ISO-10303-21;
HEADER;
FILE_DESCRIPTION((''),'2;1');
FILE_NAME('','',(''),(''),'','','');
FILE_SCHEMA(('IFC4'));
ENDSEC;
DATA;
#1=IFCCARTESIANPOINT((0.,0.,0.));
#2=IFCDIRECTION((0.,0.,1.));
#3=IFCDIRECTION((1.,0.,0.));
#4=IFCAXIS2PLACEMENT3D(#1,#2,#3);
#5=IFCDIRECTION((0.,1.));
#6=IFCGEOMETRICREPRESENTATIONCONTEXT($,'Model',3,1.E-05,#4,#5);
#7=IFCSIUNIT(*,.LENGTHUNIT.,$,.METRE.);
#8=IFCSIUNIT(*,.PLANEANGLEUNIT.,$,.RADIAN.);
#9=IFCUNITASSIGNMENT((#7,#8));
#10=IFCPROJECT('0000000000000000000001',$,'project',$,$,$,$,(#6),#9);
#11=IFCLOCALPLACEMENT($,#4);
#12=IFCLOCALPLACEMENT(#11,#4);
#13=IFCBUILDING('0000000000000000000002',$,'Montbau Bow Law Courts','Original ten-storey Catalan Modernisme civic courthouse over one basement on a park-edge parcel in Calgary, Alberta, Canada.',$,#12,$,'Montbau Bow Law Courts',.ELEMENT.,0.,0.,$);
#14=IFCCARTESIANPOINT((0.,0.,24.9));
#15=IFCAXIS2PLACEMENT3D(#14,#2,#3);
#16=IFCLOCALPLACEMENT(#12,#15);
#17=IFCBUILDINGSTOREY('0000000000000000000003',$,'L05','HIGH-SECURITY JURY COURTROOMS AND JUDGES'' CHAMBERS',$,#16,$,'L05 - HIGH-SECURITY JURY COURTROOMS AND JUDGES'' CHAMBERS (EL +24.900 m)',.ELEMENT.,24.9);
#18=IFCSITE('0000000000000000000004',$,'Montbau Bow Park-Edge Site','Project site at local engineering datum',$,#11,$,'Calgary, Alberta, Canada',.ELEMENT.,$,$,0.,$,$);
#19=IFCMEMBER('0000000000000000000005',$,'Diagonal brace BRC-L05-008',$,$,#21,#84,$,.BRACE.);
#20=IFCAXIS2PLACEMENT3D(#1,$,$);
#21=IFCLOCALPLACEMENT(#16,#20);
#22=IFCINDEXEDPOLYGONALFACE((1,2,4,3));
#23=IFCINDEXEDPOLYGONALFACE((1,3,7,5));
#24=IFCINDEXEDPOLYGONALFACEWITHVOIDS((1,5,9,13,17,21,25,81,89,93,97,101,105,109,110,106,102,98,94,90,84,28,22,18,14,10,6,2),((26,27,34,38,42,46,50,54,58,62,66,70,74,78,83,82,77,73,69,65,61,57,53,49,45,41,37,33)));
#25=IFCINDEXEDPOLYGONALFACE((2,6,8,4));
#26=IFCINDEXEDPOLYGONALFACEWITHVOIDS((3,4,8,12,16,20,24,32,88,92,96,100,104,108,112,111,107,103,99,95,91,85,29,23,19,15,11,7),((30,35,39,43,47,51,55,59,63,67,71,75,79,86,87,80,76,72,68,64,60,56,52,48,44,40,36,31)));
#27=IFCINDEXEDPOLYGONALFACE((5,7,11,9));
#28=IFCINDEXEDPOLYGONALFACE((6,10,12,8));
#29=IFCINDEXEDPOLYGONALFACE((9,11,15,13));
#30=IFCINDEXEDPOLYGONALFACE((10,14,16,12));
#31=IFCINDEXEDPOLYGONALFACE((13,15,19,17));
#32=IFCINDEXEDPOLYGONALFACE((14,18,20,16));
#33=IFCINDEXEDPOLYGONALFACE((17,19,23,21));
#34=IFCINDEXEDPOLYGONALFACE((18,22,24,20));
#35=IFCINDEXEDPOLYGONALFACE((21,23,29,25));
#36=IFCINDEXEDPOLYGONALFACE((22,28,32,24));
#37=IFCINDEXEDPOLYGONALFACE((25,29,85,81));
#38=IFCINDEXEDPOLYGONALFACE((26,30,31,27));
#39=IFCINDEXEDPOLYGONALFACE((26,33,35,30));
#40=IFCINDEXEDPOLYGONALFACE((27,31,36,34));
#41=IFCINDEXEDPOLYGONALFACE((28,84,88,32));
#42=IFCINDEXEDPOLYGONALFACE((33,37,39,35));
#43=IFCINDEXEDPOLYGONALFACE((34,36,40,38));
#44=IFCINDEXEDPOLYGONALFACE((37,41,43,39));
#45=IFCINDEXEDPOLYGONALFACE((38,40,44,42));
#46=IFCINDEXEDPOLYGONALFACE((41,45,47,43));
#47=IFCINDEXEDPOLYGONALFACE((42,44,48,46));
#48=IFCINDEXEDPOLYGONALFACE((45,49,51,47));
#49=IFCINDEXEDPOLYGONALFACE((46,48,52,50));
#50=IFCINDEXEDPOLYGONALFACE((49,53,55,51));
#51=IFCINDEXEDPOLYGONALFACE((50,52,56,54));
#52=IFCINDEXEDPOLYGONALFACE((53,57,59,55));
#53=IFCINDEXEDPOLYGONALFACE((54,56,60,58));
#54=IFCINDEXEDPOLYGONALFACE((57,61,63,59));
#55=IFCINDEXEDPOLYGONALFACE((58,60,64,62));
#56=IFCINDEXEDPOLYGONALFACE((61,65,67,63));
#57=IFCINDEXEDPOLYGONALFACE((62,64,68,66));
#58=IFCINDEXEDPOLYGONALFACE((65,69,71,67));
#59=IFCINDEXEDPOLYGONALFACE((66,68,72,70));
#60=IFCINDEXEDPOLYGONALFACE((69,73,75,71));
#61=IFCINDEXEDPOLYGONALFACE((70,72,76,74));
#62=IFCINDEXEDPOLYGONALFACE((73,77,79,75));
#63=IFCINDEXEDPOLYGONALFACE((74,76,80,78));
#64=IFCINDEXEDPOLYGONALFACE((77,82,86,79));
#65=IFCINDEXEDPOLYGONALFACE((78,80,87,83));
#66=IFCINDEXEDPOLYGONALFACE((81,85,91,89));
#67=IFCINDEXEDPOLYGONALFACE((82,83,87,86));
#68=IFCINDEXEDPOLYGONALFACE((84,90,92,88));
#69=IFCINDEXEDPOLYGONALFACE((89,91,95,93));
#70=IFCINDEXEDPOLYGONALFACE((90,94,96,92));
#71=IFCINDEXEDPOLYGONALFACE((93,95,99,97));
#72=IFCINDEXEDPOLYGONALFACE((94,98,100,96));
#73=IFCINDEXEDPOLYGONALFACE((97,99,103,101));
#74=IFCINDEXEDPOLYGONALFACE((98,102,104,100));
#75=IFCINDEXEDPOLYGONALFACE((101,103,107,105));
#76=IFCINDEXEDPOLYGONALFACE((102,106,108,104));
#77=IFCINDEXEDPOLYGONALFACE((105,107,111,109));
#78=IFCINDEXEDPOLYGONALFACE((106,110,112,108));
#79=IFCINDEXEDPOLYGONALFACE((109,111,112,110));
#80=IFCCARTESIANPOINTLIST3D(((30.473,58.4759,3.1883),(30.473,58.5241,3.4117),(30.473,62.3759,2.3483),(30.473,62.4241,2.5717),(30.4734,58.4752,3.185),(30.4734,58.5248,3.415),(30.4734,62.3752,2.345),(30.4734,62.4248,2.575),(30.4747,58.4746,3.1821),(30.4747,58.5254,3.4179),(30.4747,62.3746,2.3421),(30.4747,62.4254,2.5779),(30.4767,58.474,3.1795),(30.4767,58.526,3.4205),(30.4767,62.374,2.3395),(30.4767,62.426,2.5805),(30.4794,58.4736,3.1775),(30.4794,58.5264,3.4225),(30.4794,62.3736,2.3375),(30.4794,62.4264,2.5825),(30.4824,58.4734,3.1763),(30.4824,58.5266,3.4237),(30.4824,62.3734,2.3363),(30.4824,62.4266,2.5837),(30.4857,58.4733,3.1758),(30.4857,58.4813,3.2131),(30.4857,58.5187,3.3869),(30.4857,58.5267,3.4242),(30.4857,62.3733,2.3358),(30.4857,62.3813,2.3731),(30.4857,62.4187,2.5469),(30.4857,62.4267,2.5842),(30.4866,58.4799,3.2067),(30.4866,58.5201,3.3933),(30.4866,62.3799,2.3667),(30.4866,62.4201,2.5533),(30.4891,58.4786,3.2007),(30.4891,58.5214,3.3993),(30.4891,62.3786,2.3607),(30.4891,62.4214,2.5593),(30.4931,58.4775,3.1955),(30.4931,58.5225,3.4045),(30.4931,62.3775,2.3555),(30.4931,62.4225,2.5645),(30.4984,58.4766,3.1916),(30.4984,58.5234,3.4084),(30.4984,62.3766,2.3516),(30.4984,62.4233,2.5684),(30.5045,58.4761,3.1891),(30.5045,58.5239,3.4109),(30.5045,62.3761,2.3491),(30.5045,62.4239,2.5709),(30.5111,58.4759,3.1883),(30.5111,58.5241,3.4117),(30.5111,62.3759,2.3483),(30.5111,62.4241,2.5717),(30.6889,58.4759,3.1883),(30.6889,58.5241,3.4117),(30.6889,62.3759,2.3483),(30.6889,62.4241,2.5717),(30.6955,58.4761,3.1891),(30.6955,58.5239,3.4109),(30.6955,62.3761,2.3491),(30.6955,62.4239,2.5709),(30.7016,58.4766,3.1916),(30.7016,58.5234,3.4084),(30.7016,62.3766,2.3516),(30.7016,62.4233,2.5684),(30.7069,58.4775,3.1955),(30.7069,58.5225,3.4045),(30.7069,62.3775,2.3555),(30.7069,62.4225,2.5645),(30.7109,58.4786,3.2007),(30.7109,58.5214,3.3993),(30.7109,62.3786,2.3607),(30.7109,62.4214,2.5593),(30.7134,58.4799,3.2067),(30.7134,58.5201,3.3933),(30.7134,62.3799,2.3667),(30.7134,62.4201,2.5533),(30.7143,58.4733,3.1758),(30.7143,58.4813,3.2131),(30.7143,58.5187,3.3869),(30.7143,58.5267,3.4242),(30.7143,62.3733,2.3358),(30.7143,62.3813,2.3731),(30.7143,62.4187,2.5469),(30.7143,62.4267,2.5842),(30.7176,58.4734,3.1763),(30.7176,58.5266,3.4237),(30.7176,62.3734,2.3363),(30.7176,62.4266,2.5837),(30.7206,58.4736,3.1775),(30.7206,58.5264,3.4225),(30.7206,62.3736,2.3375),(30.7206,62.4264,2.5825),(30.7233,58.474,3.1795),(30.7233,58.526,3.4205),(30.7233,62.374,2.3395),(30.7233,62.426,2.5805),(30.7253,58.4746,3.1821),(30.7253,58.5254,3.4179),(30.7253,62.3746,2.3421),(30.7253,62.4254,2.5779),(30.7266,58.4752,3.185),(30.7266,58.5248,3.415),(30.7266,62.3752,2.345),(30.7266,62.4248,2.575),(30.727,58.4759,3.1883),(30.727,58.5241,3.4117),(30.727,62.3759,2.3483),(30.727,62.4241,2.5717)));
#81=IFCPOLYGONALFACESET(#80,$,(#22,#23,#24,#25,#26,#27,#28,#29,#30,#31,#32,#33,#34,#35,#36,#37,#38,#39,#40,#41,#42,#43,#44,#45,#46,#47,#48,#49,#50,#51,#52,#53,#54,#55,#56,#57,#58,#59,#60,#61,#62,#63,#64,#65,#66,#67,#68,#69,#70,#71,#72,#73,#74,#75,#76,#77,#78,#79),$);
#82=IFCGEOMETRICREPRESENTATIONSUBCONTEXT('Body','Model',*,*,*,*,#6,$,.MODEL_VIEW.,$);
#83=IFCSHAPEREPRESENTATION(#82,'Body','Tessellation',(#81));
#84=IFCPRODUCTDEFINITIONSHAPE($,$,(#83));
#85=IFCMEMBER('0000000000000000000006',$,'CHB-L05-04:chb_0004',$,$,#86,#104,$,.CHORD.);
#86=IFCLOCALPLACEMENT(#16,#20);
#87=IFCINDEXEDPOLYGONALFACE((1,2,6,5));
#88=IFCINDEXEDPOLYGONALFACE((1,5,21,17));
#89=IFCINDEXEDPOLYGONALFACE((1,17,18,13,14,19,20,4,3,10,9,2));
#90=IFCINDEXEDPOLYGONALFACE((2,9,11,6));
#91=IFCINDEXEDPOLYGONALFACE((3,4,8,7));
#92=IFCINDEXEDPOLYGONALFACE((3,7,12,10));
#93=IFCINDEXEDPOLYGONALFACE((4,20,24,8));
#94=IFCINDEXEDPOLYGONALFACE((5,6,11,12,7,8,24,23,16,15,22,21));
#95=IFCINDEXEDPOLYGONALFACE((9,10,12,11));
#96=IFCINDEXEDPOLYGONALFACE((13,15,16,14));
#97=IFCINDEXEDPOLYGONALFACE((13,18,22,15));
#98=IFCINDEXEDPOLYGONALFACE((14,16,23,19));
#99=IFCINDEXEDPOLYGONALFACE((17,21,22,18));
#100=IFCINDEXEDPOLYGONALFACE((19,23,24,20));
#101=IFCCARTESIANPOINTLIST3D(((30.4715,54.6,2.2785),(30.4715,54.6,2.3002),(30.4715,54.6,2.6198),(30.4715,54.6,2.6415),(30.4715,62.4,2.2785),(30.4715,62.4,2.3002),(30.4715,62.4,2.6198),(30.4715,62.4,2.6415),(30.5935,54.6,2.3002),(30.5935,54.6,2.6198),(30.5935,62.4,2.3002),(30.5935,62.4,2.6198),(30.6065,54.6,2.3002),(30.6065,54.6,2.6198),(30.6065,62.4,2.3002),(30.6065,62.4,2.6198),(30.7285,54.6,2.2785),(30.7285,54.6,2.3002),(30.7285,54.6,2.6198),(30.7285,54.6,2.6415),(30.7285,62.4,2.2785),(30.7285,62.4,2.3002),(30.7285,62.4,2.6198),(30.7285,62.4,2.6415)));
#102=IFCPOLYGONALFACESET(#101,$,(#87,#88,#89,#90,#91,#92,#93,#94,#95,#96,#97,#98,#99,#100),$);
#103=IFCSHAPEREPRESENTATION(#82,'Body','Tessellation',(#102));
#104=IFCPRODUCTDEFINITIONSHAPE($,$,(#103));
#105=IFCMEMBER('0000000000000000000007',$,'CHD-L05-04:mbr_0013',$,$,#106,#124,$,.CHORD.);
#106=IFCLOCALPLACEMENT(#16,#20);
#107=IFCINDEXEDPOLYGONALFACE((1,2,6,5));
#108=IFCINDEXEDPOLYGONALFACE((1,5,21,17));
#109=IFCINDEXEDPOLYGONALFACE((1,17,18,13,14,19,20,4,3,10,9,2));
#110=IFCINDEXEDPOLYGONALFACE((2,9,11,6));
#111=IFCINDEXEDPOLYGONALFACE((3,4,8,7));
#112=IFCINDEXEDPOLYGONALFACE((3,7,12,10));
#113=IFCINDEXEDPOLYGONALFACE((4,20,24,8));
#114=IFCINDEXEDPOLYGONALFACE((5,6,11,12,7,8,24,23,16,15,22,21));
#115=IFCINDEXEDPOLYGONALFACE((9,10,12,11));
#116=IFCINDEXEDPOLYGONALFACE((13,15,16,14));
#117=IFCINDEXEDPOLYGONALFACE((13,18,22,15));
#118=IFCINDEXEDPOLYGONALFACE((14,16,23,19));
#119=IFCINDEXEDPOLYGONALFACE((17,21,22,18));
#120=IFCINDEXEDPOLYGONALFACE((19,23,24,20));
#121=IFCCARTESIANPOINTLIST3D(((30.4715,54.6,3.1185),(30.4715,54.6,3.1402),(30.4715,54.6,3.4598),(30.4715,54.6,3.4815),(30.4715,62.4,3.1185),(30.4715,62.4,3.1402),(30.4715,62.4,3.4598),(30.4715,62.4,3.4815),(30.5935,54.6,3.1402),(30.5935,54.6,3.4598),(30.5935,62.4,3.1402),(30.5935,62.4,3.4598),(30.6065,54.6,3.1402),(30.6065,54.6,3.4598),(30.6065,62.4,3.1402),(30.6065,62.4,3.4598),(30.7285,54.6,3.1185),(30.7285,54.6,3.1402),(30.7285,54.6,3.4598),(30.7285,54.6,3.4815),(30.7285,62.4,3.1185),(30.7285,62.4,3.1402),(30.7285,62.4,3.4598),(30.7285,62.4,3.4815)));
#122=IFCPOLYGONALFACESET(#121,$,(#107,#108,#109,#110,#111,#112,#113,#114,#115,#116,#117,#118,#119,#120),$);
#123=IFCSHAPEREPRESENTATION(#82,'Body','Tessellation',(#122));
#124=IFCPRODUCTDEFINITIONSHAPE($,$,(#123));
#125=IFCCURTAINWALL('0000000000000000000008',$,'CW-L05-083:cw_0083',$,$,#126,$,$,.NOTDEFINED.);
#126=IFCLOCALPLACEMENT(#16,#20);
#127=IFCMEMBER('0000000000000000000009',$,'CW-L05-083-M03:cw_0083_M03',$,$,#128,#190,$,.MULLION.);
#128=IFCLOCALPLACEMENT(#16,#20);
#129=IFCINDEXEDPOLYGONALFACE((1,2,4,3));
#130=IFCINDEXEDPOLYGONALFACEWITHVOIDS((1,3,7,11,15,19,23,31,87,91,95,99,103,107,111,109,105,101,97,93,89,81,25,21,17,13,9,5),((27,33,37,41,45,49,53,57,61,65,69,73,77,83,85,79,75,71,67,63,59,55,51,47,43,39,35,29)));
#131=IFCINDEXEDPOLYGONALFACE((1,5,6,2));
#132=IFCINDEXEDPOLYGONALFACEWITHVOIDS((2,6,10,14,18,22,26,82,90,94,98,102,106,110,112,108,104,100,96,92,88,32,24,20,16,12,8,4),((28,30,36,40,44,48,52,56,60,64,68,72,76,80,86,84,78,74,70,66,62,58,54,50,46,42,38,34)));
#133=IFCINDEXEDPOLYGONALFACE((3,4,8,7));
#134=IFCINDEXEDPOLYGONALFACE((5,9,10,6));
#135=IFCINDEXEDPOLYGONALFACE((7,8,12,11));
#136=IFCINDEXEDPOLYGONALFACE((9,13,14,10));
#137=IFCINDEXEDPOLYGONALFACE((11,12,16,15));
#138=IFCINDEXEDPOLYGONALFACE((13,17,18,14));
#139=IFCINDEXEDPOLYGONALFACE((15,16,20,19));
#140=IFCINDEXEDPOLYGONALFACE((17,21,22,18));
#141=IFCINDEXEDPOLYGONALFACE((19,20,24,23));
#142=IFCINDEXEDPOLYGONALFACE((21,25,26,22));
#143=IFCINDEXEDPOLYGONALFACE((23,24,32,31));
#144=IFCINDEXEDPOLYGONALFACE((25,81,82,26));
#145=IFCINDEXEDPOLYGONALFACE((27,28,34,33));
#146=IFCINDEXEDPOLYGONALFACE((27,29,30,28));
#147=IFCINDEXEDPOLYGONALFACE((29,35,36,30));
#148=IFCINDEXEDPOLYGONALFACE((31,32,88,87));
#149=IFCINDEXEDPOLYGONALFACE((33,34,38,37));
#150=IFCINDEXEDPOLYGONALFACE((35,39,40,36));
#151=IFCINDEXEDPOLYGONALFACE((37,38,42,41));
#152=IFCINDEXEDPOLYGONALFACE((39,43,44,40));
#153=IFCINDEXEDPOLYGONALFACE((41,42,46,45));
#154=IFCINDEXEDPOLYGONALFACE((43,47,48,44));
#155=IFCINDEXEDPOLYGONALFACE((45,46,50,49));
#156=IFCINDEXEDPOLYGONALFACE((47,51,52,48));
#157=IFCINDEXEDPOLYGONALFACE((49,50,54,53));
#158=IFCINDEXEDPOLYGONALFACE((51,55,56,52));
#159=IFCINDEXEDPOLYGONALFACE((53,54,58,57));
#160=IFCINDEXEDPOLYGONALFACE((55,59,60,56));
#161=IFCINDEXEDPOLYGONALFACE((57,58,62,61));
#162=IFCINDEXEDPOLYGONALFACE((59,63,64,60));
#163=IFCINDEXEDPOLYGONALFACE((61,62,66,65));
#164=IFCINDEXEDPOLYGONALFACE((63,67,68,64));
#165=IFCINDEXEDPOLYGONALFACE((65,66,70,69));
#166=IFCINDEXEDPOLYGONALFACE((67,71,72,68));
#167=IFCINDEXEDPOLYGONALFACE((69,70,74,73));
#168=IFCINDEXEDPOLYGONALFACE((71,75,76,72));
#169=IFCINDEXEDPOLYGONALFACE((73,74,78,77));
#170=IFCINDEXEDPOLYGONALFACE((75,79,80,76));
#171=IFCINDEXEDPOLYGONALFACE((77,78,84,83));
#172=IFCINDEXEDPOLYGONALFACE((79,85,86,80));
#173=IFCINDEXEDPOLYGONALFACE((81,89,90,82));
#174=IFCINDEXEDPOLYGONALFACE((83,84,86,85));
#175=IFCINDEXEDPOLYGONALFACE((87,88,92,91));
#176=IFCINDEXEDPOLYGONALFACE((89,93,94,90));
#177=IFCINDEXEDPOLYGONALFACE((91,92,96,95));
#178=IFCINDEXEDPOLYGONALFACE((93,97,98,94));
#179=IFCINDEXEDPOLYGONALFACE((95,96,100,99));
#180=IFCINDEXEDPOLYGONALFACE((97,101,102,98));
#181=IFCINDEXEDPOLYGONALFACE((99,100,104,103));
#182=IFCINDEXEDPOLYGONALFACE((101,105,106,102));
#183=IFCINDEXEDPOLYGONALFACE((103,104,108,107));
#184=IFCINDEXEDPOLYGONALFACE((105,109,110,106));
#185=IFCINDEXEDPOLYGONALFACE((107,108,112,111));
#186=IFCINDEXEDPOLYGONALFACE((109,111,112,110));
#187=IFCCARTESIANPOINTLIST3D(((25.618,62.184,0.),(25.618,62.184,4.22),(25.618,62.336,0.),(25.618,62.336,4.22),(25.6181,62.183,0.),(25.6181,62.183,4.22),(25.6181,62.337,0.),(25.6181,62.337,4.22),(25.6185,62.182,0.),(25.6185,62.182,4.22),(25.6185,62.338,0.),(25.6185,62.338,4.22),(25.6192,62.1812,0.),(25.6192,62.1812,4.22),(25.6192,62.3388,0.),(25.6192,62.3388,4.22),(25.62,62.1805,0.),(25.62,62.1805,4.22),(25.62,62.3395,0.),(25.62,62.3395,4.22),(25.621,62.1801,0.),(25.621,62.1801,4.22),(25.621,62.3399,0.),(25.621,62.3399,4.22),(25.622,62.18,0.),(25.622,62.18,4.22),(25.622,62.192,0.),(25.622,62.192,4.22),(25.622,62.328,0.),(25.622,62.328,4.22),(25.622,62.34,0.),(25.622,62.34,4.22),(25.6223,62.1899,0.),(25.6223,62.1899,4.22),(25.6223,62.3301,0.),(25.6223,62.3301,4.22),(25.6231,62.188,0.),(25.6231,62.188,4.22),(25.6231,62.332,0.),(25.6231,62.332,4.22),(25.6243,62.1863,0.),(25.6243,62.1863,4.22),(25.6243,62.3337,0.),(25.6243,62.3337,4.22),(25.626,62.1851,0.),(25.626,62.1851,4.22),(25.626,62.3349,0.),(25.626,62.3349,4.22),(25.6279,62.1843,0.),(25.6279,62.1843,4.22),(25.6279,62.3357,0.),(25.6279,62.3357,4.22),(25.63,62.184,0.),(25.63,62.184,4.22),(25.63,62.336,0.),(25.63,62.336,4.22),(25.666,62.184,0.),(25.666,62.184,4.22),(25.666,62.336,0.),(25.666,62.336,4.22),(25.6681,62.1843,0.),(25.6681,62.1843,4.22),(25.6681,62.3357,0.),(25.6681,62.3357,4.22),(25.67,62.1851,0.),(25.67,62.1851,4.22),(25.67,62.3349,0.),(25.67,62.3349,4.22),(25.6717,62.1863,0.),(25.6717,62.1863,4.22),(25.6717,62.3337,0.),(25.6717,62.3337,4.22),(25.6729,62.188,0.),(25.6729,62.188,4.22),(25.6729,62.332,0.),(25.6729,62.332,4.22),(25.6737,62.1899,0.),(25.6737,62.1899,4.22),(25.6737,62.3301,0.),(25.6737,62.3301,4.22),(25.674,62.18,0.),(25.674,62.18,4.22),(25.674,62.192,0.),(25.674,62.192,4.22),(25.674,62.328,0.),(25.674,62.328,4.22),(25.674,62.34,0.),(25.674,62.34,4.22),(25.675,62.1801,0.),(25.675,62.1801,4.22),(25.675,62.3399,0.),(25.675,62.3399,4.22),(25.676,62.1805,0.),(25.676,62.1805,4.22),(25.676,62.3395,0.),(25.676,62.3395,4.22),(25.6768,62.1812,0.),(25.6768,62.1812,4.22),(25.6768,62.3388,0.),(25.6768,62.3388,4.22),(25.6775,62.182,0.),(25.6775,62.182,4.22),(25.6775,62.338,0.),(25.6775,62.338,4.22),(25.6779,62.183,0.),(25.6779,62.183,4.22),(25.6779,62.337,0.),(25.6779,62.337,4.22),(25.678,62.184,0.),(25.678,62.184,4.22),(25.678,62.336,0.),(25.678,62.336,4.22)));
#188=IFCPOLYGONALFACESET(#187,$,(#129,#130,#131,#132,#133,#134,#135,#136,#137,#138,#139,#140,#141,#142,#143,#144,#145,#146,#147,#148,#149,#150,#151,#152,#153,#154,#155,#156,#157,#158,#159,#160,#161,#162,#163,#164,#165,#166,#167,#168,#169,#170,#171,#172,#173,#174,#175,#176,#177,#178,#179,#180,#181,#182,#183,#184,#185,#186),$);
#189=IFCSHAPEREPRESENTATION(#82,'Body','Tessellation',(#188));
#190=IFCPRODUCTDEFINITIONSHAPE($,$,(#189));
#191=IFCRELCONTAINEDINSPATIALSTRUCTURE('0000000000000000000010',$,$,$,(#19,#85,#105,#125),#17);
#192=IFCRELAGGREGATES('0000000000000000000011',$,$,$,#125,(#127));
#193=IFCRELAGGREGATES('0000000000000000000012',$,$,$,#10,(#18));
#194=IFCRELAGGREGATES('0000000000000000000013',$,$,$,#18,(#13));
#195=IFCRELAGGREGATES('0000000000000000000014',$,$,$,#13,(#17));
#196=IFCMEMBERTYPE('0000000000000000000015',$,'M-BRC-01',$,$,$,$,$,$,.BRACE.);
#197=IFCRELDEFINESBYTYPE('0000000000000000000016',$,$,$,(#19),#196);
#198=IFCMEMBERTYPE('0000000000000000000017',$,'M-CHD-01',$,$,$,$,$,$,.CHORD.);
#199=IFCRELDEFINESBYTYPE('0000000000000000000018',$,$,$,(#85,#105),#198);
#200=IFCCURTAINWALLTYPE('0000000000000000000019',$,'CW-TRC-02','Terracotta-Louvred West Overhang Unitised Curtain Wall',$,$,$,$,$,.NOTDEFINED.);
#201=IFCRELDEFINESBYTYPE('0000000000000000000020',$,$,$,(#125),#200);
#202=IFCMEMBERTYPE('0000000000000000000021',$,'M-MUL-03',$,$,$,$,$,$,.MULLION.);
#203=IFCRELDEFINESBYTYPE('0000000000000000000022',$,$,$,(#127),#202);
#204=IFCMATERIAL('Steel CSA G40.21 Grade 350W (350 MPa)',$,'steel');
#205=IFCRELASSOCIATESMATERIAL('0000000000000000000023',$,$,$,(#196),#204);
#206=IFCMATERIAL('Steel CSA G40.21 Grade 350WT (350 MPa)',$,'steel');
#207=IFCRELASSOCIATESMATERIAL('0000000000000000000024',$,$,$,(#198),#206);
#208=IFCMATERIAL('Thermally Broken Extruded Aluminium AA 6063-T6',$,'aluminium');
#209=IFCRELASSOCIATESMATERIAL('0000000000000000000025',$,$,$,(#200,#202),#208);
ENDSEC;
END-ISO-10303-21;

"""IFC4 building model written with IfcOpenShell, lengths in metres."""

from ifc_helpers import new_model, si_unit, direction, frame, origin_with_axes, origin_2d_with_axis, place, context, subcontext, project, spatial, hollow_rectangle, i_section, extrude, material, material_profile, profile_set, type_object, element, aggregate, save


model = new_model("IFC4")

# Units and contexts
model_context = context("Model", 3, precision=1e-05, world=origin_with_axes(), true_north=direction((0.0, 1.0)))
body_context = subcontext(model_context, "Body", "Model", "MODEL_VIEW")
ifc_project = project(units=[si_unit("LENGTHUNIT", "METRE"), si_unit("PLANEANGLEUNIT", "RADIAN")], contexts=[model_context])

# Site, building, storey
site_placement = place(None, origin_with_axes())
site = spatial("IfcSite", under=ifc_project, at=site_placement, Name="Montbau Bow Park-Edge Site", Description="Project site at local engineering datum", LongName="Calgary, Alberta, Canada", CompositionType="ELEMENT", RefElevation=0.0)
building_placement = place(site_placement, origin_with_axes())
building = spatial("IfcBuilding", under=site, at=building_placement, Name="Montbau Bow Law Courts", Description="Original ten-storey Catalan Modernisme civic courthouse over one basement on a park-edge parcel in Calgary, Alberta, Canada.", LongName="Montbau Bow Law Courts", CompositionType="ELEMENT", ElevationOfRefHeight=0.0, ElevationOfTerrain=0.0)
storey_placement = place(building_placement, frame((0.0, 0.0, 24.9), z_axis=(0.0, 0.0, 1.0), x_axis=(1.0, 0.0, 0.0)))
storey = spatial("IfcBuildingStorey", under=building, at=storey_placement, Name="L05", Description="HIGH-SECURITY JURY COURTROOMS AND JUDGES' CHAMBERS", LongName="L05 - HIGH-SECURITY JURY COURTROOMS AND JUDGES' CHAMBERS (EL +24.900 m)", CompositionType="ELEMENT", Elevation=24.9)

# Shared definitions
ifc_material_1 = material(Name="Steel CSA G40.21 Grade 350W (350 MPa)", Category="steel")

# Shared definitions
ifc_material_2 = material(Name="Steel CSA G40.21 Grade 350WT (350 MPa)", Category="steel")

# Members
ifc_material_profile_1 = material_profile(ifc_material_1, hollow_rectangle(XDim=0.254, YDim=0.254, WallThickness=0.0127, InnerFilletRadius=0.0254, OuterFilletRadius=0.0127, at=origin_2d_with_axis()), Name="HSS254X254X13", Category="Main", Priority=0)
ifc_profile_set_1 = profile_set([ifc_material_profile_1], Name="Steel CSA G40.21 Grade 350W (350 MPa)")
member_type_1 = type_object("IfcMemberType", Name="M-BRC-01", PredefinedType="BRACE", material=ifc_profile_set_1)
for number, where, z_axis, x_axis, name in (
    (1, (30.6, 58.5, 28.2), (0.0, 0.977582, -0.210556), (-1.0, 0.0, 0.0), "Diagonal brace BRC-L05-008"),
):
    element("IfcMember", number, at=place(None, frame(where, z_axis=z_axis, x_axis=x_axis)), inside=storey, type_object=member_type_1, Name=name, PredefinedType="BRACE", context=body_context, shape_type="SweptSolid", body=[
        extrude(hollow_rectangle(XDim=0.254, YDim=0.254, WallThickness=0.0127, InnerFilletRadius=0.0254, OuterFilletRadius=0.0127, at=origin_2d_with_axis()), origin_with_axes(), (0.0, 0.0, 1.0), 3.9894),
    ])
ifc_material_profile_2 = material_profile(ifc_material_2, i_section(OverallWidth=0.257, OverallDepth=0.363, WebThickness=0.013, FlangeThickness=0.0217, at=origin_2d_with_axis()), Name="W360X122", Category="Main", Priority=0)
ifc_profile_set_2 = profile_set([ifc_material_profile_2], Name="Steel CSA G40.21 Grade 350WT (350 MPa)")
member_type_2 = type_object("IfcMemberType", Name="M-CHD-01", PredefinedType="CHORD", material=ifc_profile_set_2)
for number, where, z_axis, x_axis, name in (
    (2, (30.6, 54.6, 27.36), (0.0, 1.0, 0.0), (-1.0, 0.0, 0.0), "CHB-L05-04:chb_0004"),
    (3, (30.6, 54.6, 28.2), (0.0, 1.0, 0.0), (-1.0, 0.0, 0.0), "CHD-L05-04:mbr_0013"),
):
    element("IfcMember", number, at=place(None, frame(where, z_axis=z_axis, x_axis=x_axis)), inside=storey, type_object=member_type_2, Name=name, PredefinedType="CHORD", context=body_context, shape_type="SweptSolid", body=[
        extrude(i_section(OverallWidth=0.257, OverallDepth=0.363, WebThickness=0.013, FlangeThickness=0.0217, at=origin_2d_with_axis()), origin_with_axes(), (0.0, 0.0, 1.0), 7.8),
    ])

# Curtain wall, member
ifc_material_3 = material(Name="Thermally Broken Extruded Aluminium AA 6063-T6", Category="aluminium")
curtain_wall_type = type_object("IfcCurtainWallType", Name="CW-TRC-02", Description="Terracotta-Louvred West Overhang Unitised Curtain Wall", PredefinedType="NOTDEFINED", material=ifc_material_3)
curtain_wall_placement = place(None, frame((22.64, 62.26, 24.9), z_axis=(0.0, 0.0, 1.0), x_axis=(1.0, 0.0, 0.0)))
curtain_wall = element("IfcCurtainWall", 4, at=curtain_wall_placement, inside=storey, type_object=curtain_wall_type, Name="CW-L05-083:cw_0083", PredefinedType="NOTDEFINED")
ifc_material_profile_3 = material_profile(ifc_material_3, hollow_rectangle(XDim=0.06, YDim=0.16, WallThickness=0.004, InnerFilletRadius=0.008, OuterFilletRadius=0.004, at=origin_2d_with_axis()), Name="CWM-160X60", Category="Main", Priority=0)
ifc_profile_set_3 = profile_set([ifc_material_profile_3], Name="Thermally Broken Extruded Aluminium AA 6063-T6")
member_type_3 = type_object("IfcMemberType", Name="M-MUL-03", PredefinedType="MULLION", material=ifc_profile_set_3)
member_1_placement = place(None, frame((25.648, 62.26, 24.9), z_axis=(0.0, 0.0, 1.0), x_axis=(1.0, 0.0, 0.0)))
member_1 = element("IfcMember", 5, at=member_1_placement, type_object=member_type_3, Name="CW-L05-083-M03:cw_0083_M03", PredefinedType="MULLION", context=body_context, shape_type="SweptSolid", body=[
    extrude(hollow_rectangle(XDim=0.06, YDim=0.16, WallThickness=0.004, InnerFilletRadius=0.008, OuterFilletRadius=0.004, at=origin_2d_with_axis()), origin_with_axes(), (0.0, 0.0, 1.0), 4.22),
])
aggregate(curtain_wall, [member_1])

save(model, "model.ifc")
